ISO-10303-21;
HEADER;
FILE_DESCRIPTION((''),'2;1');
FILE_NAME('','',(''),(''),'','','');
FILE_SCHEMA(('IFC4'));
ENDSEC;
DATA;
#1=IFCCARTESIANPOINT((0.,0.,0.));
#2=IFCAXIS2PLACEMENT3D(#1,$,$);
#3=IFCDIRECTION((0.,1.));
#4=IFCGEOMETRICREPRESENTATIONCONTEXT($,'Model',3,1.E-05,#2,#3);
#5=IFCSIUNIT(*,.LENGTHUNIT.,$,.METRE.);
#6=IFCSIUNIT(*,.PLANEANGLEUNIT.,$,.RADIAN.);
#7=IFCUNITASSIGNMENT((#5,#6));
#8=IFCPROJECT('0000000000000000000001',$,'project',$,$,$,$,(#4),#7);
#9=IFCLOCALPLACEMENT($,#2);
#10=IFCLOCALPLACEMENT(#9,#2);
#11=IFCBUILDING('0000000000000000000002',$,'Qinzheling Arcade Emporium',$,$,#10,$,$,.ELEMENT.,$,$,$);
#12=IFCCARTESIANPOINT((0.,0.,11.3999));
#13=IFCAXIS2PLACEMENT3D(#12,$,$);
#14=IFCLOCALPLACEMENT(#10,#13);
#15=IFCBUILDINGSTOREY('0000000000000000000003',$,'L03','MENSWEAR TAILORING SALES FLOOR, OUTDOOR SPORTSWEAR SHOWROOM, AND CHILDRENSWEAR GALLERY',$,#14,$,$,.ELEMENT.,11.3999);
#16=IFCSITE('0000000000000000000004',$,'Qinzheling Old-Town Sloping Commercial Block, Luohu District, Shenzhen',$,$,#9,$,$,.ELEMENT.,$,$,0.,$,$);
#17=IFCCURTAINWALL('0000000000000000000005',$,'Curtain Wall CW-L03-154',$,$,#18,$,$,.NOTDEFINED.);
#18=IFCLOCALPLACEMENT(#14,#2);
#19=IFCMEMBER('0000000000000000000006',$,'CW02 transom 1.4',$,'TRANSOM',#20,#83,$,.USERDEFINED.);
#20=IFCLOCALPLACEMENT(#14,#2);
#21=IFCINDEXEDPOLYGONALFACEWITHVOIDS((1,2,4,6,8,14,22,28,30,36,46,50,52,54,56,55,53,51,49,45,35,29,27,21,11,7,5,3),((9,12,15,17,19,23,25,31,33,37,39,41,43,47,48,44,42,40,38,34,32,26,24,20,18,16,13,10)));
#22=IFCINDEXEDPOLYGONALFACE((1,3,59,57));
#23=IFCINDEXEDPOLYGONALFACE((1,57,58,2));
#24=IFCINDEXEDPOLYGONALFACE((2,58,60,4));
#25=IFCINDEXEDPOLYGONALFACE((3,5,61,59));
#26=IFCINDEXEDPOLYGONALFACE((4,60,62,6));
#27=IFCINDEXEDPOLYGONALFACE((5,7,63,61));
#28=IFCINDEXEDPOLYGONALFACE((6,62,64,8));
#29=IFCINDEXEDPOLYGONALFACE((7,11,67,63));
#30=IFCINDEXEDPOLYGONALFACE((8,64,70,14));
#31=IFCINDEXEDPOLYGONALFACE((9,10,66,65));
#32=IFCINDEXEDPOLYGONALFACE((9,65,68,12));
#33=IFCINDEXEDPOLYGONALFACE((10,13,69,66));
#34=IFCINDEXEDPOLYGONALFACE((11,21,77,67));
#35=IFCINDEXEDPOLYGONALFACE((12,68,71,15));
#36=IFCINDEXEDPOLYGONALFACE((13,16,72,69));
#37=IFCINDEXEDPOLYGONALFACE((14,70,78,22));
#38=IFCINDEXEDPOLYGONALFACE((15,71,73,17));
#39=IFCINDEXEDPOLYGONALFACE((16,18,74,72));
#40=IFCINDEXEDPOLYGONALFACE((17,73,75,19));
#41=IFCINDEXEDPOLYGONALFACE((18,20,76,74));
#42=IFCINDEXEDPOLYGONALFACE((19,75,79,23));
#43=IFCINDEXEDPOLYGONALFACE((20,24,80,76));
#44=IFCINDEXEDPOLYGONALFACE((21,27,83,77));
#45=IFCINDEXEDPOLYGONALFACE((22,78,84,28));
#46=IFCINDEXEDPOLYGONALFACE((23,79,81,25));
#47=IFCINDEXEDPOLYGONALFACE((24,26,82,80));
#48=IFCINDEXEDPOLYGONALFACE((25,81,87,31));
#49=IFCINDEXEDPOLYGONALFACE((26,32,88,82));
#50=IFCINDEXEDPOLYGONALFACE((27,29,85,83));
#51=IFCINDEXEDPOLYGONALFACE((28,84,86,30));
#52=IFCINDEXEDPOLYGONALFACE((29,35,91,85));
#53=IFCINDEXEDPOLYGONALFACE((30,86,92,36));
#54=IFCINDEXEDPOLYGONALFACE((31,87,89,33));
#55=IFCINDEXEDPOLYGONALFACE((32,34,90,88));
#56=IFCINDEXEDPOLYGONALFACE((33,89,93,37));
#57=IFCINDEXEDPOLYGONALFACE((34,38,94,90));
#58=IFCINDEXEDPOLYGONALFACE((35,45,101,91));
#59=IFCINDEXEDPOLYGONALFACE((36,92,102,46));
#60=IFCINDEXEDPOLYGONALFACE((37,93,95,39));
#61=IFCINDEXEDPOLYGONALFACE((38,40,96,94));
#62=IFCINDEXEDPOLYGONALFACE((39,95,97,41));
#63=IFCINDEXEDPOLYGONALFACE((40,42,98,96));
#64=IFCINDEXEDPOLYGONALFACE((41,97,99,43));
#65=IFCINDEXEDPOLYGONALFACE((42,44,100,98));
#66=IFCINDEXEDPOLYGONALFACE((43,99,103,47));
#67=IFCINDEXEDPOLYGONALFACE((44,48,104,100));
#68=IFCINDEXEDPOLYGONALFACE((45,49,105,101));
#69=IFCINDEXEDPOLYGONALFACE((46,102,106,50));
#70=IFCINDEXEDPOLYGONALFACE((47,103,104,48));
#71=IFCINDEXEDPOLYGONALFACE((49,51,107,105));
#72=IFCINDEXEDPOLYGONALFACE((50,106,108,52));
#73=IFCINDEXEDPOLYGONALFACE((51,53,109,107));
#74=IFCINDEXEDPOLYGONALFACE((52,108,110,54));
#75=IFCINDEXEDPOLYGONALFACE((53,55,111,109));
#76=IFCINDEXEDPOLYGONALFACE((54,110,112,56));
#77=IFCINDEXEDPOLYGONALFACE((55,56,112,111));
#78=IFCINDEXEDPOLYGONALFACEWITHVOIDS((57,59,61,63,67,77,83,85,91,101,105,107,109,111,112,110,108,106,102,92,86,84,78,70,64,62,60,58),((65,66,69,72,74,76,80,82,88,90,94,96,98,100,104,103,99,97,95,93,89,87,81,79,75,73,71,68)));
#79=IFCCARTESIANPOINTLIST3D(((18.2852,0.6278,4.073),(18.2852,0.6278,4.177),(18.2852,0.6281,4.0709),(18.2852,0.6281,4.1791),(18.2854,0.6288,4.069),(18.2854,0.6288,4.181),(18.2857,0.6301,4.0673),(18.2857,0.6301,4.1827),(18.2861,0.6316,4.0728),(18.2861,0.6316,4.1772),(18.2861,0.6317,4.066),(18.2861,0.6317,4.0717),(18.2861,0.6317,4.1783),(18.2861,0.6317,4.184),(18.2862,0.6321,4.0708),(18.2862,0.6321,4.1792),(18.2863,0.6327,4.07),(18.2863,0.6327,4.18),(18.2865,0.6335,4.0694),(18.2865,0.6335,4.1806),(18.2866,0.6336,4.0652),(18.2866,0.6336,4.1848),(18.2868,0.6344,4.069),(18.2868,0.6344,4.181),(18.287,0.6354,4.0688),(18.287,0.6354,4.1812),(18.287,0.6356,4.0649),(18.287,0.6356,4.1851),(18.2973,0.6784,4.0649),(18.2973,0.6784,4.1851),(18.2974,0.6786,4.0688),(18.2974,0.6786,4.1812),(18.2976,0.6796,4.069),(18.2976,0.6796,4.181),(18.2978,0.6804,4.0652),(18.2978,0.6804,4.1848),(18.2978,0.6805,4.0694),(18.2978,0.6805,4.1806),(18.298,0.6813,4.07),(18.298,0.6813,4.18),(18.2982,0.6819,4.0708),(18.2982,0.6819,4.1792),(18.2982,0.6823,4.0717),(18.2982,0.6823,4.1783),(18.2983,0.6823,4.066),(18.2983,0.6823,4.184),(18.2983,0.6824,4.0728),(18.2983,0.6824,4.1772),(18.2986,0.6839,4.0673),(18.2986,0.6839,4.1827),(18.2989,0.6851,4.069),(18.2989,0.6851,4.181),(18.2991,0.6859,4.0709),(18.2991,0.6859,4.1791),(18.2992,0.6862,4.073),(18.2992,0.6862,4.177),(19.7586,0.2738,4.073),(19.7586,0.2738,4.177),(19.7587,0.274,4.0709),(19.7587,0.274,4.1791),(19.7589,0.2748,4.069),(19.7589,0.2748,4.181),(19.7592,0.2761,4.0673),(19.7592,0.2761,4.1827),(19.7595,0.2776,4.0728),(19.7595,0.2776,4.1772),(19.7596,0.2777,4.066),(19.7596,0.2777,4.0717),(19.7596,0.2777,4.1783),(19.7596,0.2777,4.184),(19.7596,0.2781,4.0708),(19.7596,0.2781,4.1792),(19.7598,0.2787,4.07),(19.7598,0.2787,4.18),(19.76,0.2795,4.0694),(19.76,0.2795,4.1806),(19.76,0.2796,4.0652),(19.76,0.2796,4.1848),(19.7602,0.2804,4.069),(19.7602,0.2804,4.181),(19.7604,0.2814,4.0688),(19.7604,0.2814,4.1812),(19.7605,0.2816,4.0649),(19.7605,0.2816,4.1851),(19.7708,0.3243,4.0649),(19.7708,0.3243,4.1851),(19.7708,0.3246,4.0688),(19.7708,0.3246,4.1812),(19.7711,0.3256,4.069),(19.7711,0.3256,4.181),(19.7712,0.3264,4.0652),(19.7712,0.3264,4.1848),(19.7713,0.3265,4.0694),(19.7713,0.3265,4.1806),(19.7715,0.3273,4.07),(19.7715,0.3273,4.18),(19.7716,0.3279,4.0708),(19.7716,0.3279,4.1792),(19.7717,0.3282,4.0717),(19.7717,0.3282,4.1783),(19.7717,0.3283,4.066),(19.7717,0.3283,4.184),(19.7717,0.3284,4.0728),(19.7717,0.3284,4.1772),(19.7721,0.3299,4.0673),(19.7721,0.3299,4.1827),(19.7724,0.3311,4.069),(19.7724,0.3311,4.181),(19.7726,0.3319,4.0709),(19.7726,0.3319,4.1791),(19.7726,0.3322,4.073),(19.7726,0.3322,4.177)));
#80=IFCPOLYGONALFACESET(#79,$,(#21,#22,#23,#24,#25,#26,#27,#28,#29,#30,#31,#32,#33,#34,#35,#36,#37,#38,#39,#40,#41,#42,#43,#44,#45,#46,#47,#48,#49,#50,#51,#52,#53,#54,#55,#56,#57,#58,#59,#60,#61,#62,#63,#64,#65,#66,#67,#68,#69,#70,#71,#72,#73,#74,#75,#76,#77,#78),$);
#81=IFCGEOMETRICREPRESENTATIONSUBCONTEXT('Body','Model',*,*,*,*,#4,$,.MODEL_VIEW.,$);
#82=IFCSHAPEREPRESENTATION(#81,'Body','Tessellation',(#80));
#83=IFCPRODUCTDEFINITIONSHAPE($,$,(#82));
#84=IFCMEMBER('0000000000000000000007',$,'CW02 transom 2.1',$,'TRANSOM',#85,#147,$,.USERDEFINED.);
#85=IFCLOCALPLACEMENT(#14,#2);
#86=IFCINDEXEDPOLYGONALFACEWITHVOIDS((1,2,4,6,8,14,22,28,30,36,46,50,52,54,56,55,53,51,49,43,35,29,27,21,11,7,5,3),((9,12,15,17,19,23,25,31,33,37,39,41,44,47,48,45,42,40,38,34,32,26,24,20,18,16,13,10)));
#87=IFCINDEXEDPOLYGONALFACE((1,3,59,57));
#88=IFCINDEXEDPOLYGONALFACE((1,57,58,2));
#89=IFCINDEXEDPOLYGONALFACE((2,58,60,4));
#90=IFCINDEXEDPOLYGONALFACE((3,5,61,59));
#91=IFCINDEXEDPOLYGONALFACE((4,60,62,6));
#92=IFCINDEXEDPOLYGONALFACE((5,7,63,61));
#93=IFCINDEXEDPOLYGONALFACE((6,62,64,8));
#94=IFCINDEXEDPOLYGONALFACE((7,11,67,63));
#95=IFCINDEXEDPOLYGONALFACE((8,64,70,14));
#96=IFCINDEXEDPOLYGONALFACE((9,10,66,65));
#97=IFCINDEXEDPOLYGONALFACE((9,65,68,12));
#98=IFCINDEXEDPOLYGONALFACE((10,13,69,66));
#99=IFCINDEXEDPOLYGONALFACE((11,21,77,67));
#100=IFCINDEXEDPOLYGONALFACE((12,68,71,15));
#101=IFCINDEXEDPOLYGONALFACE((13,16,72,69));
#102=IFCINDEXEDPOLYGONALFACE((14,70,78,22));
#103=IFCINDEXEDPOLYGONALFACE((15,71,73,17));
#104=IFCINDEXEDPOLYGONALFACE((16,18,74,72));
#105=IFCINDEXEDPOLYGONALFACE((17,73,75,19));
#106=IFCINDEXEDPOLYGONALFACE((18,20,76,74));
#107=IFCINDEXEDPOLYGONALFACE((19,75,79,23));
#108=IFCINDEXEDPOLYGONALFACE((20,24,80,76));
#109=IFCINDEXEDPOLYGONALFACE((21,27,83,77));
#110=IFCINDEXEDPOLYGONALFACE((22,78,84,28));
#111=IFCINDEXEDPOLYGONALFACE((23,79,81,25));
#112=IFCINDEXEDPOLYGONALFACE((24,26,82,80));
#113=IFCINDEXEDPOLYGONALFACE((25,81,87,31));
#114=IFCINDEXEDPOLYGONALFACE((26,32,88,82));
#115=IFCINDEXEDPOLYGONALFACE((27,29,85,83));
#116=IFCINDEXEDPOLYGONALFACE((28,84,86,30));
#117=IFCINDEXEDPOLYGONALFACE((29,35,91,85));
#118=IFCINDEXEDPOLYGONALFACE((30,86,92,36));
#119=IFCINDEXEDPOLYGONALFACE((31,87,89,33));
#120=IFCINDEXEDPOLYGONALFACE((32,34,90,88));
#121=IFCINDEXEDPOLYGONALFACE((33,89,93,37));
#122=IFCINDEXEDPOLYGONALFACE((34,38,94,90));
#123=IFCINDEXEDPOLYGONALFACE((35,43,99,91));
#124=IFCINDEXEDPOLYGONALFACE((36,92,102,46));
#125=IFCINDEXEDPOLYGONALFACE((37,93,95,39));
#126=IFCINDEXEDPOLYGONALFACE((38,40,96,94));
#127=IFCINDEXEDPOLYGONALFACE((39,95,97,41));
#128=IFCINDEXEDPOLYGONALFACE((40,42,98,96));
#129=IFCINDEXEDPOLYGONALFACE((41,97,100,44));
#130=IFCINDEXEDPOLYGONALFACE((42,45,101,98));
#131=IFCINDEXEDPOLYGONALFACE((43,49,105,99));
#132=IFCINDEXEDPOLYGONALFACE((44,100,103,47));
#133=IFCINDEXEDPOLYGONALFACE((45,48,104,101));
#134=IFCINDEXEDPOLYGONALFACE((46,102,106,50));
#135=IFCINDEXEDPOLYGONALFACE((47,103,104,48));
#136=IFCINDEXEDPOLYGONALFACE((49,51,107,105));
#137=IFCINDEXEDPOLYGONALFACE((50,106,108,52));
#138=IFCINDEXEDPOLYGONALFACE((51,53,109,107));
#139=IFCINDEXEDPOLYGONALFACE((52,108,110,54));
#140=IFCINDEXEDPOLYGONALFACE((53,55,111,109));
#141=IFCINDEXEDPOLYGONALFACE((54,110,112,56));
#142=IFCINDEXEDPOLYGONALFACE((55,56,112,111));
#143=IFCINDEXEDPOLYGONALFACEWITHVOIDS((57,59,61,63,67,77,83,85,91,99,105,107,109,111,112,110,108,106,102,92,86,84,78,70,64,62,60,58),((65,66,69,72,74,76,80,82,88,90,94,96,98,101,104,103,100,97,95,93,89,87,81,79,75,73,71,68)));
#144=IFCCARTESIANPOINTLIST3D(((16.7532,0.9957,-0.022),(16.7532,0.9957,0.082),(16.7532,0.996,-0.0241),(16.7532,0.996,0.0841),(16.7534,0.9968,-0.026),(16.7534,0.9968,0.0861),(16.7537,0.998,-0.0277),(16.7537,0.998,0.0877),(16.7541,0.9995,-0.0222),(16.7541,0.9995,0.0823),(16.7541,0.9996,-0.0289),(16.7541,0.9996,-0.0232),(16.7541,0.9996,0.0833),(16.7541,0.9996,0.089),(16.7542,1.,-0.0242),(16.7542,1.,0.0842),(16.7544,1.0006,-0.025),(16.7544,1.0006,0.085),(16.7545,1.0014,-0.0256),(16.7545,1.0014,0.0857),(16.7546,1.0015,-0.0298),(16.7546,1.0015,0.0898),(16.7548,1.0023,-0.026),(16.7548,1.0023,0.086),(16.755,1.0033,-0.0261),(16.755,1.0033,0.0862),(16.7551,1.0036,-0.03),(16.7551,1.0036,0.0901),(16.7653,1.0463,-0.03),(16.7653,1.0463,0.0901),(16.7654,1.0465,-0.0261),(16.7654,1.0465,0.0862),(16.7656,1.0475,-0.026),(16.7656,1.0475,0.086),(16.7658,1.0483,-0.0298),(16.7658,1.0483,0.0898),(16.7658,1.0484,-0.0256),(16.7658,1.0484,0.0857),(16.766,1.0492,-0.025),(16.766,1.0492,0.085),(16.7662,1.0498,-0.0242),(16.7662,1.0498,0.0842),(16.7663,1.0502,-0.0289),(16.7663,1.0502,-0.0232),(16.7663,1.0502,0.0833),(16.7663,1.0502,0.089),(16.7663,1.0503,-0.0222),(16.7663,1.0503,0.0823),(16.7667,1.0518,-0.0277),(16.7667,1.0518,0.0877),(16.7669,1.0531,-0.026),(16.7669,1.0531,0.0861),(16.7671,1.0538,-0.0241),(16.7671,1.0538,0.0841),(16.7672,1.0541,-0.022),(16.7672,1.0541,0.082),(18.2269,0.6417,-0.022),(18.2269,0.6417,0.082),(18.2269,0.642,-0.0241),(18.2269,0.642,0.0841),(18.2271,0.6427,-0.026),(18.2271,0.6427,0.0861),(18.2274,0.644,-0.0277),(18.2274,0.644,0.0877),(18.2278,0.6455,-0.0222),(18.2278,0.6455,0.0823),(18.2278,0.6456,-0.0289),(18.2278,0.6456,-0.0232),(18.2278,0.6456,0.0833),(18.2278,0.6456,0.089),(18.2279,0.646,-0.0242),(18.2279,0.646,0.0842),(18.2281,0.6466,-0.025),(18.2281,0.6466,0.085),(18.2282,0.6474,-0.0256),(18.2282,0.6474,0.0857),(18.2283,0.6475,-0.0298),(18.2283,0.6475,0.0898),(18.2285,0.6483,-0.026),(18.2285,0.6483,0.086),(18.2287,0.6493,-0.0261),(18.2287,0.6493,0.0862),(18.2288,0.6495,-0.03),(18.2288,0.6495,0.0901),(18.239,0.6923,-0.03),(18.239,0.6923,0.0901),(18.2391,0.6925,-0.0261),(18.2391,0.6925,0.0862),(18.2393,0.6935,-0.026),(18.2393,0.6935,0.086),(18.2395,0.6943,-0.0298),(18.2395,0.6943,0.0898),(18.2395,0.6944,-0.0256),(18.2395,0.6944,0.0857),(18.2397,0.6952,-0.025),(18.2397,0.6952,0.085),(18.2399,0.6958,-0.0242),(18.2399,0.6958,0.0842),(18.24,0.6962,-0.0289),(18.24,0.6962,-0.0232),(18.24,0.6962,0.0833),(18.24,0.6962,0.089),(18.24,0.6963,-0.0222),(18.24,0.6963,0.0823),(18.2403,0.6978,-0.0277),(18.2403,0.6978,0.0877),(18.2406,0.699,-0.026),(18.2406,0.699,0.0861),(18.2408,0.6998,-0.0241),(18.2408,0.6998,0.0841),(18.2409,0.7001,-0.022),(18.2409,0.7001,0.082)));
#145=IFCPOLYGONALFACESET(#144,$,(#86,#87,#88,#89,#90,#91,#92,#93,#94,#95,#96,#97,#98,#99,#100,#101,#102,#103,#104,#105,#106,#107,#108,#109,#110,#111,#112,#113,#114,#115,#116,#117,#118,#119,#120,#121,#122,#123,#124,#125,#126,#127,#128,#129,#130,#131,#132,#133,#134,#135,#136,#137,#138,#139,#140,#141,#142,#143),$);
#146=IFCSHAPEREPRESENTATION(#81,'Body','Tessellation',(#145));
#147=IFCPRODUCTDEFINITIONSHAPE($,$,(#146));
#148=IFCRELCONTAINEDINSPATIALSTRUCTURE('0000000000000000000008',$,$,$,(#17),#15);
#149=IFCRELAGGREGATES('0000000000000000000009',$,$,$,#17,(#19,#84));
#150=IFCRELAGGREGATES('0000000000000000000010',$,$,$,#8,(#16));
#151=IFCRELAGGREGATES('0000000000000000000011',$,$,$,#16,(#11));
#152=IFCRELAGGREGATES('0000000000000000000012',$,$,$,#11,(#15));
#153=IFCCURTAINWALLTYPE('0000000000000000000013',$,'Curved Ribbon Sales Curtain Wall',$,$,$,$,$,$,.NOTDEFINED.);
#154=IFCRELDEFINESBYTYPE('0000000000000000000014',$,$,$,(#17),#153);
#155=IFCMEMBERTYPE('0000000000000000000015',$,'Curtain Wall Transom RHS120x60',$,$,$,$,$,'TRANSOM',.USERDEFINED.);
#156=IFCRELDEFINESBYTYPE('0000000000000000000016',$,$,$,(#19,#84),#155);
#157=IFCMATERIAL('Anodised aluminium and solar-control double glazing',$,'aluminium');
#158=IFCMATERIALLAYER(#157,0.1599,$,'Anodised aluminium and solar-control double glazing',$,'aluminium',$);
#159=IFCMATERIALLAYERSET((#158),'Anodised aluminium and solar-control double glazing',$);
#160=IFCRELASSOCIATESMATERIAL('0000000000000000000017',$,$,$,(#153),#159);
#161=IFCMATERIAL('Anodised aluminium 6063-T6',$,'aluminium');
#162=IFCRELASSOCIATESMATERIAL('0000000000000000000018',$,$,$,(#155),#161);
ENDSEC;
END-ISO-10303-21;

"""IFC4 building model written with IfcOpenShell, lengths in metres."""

from ifc_helpers import new_model, si_unit, direction, frame, origin, origin_2d, place, context, subcontext, project, spatial, hollow_rectangle, extrude, material, layer, layer_set, material_profile, profile_set, type_object, element, aggregate, save


model = new_model("IFC4")

# Units and contexts
model_context = context("Model", 3, precision=1e-05, world=origin(), true_north=direction((0.0, 1.0)))
body_context = subcontext(model_context, "Body", "Model", "MODEL_VIEW")
ifc_project = project(units=[si_unit("LENGTHUNIT", "METRE"), si_unit("PLANEANGLEUNIT", "RADIAN")], contexts=[model_context])

# Site, building, storey
site_placement = place(None, origin())
site = spatial("IfcSite", under=ifc_project, at=site_placement, Name="Qinzheling Old-Town Sloping Commercial Block, Luohu District, Shenzhen", CompositionType="ELEMENT", RefElevation=0.0)
building_placement = place(site_placement, origin())
building = spatial("IfcBuilding", under=site, at=building_placement, Name="Qinzheling Arcade Emporium", CompositionType="ELEMENT")
storey_placement = place(building_placement, frame((0.0, 0.0, 11.3999)))
storey = spatial("IfcBuildingStorey", under=building, at=storey_placement, Name="L03", Description="MENSWEAR TAILORING SALES FLOOR, OUTDOOR SPORTSWEAR SHOWROOM, AND CHILDRENSWEAR GALLERY", CompositionType="ELEMENT", Elevation=11.3999)

# Curtain wall
ifc_material_1 = material(Name="Anodised aluminium and solar-control double glazing", Category="aluminium")
ifc_layer_1 = layer(ifc_material_1, 0.1599, Name="Anodised aluminium and solar-control double glazing", Category="aluminium")
ifc_layer_set_1 = layer_set([ifc_layer_1], Name="Anodised aluminium and solar-control double glazing")
curtain_wall_type = type_object("IfcCurtainWallType", Name="Curved Ribbon Sales Curtain Wall", PredefinedType="NOTDEFINED", material=ifc_layer_set_1)
curtain_wall_1_placement = place(storey_placement, origin())
curtain_wall_1 = element("IfcCurtainWall", 1, at=curtain_wall_1_placement, inside=storey, type_object=curtain_wall_type, Name="Curtain Wall CW-L03-154", PredefinedType="NOTDEFINED")
ifc_material_2 = material(Name="Anodised aluminium 6063-T6", Category="aluminium")

# Members
ifc_material_profile_1 = material_profile(ifc_material_2, hollow_rectangle(XDim=0.0601, YDim=0.1201, WallThickness=0.0039, InnerFilletRadius=0.0039, OuterFilletRadius=0.0081, at=origin_2d()), Name="RHS 120x60x4", Category="aluminium")
ifc_profile_set_1 = profile_set([ifc_material_profile_1], Name="Anodised aluminium 6063-T6")
member_type_1 = type_object("IfcMemberType", Name="Curtain Wall Transom RHS120x60", ElementType="TRANSOM", PredefinedType="USERDEFINED", material=ifc_profile_set_1)
member_1_placement = place(storey_placement, frame((19.7656, 0.303, 4.125), z_axis=(-0.972329, 0.233617, 0.0), x_axis=(-0.233617, -0.972329, 0.0)))
member_1 = element("IfcMember", 2, at=member_1_placement, type_object=member_type_1, Name="CW02 transom 1.4", ObjectType="TRANSOM", PredefinedType="USERDEFINED", context=body_context, shape_type="SweptSolid", body=[
    extrude(hollow_rectangle(XDim=0.0601, YDim=0.1201, WallThickness=0.0039, InnerFilletRadius=0.0039, OuterFilletRadius=0.0081, at=origin_2d()), origin(), (0.0, 0.0, 1.0), 1.5154),
])
member_2_placement = place(storey_placement, frame((18.2339, 0.6709, 0.03), z_axis=(-0.972338, 0.23358, 0.0), x_axis=(-0.23358, -0.972338, 0.0)))
member_2 = element("IfcMember", 3, at=member_2_placement, type_object=member_type_1, Name="CW02 transom 2.1", ObjectType="TRANSOM", PredefinedType="USERDEFINED", context=body_context, shape_type="SweptSolid", body=[
    extrude(hollow_rectangle(XDim=0.0601, YDim=0.1201, WallThickness=0.0039, InnerFilletRadius=0.0039, OuterFilletRadius=0.0081, at=origin_2d()), origin(), (0.0, 0.0, 1.0), 1.5156),
])

aggregate(curtain_wall_1, [member_1, member_2])

save(model, "model.ifc")
